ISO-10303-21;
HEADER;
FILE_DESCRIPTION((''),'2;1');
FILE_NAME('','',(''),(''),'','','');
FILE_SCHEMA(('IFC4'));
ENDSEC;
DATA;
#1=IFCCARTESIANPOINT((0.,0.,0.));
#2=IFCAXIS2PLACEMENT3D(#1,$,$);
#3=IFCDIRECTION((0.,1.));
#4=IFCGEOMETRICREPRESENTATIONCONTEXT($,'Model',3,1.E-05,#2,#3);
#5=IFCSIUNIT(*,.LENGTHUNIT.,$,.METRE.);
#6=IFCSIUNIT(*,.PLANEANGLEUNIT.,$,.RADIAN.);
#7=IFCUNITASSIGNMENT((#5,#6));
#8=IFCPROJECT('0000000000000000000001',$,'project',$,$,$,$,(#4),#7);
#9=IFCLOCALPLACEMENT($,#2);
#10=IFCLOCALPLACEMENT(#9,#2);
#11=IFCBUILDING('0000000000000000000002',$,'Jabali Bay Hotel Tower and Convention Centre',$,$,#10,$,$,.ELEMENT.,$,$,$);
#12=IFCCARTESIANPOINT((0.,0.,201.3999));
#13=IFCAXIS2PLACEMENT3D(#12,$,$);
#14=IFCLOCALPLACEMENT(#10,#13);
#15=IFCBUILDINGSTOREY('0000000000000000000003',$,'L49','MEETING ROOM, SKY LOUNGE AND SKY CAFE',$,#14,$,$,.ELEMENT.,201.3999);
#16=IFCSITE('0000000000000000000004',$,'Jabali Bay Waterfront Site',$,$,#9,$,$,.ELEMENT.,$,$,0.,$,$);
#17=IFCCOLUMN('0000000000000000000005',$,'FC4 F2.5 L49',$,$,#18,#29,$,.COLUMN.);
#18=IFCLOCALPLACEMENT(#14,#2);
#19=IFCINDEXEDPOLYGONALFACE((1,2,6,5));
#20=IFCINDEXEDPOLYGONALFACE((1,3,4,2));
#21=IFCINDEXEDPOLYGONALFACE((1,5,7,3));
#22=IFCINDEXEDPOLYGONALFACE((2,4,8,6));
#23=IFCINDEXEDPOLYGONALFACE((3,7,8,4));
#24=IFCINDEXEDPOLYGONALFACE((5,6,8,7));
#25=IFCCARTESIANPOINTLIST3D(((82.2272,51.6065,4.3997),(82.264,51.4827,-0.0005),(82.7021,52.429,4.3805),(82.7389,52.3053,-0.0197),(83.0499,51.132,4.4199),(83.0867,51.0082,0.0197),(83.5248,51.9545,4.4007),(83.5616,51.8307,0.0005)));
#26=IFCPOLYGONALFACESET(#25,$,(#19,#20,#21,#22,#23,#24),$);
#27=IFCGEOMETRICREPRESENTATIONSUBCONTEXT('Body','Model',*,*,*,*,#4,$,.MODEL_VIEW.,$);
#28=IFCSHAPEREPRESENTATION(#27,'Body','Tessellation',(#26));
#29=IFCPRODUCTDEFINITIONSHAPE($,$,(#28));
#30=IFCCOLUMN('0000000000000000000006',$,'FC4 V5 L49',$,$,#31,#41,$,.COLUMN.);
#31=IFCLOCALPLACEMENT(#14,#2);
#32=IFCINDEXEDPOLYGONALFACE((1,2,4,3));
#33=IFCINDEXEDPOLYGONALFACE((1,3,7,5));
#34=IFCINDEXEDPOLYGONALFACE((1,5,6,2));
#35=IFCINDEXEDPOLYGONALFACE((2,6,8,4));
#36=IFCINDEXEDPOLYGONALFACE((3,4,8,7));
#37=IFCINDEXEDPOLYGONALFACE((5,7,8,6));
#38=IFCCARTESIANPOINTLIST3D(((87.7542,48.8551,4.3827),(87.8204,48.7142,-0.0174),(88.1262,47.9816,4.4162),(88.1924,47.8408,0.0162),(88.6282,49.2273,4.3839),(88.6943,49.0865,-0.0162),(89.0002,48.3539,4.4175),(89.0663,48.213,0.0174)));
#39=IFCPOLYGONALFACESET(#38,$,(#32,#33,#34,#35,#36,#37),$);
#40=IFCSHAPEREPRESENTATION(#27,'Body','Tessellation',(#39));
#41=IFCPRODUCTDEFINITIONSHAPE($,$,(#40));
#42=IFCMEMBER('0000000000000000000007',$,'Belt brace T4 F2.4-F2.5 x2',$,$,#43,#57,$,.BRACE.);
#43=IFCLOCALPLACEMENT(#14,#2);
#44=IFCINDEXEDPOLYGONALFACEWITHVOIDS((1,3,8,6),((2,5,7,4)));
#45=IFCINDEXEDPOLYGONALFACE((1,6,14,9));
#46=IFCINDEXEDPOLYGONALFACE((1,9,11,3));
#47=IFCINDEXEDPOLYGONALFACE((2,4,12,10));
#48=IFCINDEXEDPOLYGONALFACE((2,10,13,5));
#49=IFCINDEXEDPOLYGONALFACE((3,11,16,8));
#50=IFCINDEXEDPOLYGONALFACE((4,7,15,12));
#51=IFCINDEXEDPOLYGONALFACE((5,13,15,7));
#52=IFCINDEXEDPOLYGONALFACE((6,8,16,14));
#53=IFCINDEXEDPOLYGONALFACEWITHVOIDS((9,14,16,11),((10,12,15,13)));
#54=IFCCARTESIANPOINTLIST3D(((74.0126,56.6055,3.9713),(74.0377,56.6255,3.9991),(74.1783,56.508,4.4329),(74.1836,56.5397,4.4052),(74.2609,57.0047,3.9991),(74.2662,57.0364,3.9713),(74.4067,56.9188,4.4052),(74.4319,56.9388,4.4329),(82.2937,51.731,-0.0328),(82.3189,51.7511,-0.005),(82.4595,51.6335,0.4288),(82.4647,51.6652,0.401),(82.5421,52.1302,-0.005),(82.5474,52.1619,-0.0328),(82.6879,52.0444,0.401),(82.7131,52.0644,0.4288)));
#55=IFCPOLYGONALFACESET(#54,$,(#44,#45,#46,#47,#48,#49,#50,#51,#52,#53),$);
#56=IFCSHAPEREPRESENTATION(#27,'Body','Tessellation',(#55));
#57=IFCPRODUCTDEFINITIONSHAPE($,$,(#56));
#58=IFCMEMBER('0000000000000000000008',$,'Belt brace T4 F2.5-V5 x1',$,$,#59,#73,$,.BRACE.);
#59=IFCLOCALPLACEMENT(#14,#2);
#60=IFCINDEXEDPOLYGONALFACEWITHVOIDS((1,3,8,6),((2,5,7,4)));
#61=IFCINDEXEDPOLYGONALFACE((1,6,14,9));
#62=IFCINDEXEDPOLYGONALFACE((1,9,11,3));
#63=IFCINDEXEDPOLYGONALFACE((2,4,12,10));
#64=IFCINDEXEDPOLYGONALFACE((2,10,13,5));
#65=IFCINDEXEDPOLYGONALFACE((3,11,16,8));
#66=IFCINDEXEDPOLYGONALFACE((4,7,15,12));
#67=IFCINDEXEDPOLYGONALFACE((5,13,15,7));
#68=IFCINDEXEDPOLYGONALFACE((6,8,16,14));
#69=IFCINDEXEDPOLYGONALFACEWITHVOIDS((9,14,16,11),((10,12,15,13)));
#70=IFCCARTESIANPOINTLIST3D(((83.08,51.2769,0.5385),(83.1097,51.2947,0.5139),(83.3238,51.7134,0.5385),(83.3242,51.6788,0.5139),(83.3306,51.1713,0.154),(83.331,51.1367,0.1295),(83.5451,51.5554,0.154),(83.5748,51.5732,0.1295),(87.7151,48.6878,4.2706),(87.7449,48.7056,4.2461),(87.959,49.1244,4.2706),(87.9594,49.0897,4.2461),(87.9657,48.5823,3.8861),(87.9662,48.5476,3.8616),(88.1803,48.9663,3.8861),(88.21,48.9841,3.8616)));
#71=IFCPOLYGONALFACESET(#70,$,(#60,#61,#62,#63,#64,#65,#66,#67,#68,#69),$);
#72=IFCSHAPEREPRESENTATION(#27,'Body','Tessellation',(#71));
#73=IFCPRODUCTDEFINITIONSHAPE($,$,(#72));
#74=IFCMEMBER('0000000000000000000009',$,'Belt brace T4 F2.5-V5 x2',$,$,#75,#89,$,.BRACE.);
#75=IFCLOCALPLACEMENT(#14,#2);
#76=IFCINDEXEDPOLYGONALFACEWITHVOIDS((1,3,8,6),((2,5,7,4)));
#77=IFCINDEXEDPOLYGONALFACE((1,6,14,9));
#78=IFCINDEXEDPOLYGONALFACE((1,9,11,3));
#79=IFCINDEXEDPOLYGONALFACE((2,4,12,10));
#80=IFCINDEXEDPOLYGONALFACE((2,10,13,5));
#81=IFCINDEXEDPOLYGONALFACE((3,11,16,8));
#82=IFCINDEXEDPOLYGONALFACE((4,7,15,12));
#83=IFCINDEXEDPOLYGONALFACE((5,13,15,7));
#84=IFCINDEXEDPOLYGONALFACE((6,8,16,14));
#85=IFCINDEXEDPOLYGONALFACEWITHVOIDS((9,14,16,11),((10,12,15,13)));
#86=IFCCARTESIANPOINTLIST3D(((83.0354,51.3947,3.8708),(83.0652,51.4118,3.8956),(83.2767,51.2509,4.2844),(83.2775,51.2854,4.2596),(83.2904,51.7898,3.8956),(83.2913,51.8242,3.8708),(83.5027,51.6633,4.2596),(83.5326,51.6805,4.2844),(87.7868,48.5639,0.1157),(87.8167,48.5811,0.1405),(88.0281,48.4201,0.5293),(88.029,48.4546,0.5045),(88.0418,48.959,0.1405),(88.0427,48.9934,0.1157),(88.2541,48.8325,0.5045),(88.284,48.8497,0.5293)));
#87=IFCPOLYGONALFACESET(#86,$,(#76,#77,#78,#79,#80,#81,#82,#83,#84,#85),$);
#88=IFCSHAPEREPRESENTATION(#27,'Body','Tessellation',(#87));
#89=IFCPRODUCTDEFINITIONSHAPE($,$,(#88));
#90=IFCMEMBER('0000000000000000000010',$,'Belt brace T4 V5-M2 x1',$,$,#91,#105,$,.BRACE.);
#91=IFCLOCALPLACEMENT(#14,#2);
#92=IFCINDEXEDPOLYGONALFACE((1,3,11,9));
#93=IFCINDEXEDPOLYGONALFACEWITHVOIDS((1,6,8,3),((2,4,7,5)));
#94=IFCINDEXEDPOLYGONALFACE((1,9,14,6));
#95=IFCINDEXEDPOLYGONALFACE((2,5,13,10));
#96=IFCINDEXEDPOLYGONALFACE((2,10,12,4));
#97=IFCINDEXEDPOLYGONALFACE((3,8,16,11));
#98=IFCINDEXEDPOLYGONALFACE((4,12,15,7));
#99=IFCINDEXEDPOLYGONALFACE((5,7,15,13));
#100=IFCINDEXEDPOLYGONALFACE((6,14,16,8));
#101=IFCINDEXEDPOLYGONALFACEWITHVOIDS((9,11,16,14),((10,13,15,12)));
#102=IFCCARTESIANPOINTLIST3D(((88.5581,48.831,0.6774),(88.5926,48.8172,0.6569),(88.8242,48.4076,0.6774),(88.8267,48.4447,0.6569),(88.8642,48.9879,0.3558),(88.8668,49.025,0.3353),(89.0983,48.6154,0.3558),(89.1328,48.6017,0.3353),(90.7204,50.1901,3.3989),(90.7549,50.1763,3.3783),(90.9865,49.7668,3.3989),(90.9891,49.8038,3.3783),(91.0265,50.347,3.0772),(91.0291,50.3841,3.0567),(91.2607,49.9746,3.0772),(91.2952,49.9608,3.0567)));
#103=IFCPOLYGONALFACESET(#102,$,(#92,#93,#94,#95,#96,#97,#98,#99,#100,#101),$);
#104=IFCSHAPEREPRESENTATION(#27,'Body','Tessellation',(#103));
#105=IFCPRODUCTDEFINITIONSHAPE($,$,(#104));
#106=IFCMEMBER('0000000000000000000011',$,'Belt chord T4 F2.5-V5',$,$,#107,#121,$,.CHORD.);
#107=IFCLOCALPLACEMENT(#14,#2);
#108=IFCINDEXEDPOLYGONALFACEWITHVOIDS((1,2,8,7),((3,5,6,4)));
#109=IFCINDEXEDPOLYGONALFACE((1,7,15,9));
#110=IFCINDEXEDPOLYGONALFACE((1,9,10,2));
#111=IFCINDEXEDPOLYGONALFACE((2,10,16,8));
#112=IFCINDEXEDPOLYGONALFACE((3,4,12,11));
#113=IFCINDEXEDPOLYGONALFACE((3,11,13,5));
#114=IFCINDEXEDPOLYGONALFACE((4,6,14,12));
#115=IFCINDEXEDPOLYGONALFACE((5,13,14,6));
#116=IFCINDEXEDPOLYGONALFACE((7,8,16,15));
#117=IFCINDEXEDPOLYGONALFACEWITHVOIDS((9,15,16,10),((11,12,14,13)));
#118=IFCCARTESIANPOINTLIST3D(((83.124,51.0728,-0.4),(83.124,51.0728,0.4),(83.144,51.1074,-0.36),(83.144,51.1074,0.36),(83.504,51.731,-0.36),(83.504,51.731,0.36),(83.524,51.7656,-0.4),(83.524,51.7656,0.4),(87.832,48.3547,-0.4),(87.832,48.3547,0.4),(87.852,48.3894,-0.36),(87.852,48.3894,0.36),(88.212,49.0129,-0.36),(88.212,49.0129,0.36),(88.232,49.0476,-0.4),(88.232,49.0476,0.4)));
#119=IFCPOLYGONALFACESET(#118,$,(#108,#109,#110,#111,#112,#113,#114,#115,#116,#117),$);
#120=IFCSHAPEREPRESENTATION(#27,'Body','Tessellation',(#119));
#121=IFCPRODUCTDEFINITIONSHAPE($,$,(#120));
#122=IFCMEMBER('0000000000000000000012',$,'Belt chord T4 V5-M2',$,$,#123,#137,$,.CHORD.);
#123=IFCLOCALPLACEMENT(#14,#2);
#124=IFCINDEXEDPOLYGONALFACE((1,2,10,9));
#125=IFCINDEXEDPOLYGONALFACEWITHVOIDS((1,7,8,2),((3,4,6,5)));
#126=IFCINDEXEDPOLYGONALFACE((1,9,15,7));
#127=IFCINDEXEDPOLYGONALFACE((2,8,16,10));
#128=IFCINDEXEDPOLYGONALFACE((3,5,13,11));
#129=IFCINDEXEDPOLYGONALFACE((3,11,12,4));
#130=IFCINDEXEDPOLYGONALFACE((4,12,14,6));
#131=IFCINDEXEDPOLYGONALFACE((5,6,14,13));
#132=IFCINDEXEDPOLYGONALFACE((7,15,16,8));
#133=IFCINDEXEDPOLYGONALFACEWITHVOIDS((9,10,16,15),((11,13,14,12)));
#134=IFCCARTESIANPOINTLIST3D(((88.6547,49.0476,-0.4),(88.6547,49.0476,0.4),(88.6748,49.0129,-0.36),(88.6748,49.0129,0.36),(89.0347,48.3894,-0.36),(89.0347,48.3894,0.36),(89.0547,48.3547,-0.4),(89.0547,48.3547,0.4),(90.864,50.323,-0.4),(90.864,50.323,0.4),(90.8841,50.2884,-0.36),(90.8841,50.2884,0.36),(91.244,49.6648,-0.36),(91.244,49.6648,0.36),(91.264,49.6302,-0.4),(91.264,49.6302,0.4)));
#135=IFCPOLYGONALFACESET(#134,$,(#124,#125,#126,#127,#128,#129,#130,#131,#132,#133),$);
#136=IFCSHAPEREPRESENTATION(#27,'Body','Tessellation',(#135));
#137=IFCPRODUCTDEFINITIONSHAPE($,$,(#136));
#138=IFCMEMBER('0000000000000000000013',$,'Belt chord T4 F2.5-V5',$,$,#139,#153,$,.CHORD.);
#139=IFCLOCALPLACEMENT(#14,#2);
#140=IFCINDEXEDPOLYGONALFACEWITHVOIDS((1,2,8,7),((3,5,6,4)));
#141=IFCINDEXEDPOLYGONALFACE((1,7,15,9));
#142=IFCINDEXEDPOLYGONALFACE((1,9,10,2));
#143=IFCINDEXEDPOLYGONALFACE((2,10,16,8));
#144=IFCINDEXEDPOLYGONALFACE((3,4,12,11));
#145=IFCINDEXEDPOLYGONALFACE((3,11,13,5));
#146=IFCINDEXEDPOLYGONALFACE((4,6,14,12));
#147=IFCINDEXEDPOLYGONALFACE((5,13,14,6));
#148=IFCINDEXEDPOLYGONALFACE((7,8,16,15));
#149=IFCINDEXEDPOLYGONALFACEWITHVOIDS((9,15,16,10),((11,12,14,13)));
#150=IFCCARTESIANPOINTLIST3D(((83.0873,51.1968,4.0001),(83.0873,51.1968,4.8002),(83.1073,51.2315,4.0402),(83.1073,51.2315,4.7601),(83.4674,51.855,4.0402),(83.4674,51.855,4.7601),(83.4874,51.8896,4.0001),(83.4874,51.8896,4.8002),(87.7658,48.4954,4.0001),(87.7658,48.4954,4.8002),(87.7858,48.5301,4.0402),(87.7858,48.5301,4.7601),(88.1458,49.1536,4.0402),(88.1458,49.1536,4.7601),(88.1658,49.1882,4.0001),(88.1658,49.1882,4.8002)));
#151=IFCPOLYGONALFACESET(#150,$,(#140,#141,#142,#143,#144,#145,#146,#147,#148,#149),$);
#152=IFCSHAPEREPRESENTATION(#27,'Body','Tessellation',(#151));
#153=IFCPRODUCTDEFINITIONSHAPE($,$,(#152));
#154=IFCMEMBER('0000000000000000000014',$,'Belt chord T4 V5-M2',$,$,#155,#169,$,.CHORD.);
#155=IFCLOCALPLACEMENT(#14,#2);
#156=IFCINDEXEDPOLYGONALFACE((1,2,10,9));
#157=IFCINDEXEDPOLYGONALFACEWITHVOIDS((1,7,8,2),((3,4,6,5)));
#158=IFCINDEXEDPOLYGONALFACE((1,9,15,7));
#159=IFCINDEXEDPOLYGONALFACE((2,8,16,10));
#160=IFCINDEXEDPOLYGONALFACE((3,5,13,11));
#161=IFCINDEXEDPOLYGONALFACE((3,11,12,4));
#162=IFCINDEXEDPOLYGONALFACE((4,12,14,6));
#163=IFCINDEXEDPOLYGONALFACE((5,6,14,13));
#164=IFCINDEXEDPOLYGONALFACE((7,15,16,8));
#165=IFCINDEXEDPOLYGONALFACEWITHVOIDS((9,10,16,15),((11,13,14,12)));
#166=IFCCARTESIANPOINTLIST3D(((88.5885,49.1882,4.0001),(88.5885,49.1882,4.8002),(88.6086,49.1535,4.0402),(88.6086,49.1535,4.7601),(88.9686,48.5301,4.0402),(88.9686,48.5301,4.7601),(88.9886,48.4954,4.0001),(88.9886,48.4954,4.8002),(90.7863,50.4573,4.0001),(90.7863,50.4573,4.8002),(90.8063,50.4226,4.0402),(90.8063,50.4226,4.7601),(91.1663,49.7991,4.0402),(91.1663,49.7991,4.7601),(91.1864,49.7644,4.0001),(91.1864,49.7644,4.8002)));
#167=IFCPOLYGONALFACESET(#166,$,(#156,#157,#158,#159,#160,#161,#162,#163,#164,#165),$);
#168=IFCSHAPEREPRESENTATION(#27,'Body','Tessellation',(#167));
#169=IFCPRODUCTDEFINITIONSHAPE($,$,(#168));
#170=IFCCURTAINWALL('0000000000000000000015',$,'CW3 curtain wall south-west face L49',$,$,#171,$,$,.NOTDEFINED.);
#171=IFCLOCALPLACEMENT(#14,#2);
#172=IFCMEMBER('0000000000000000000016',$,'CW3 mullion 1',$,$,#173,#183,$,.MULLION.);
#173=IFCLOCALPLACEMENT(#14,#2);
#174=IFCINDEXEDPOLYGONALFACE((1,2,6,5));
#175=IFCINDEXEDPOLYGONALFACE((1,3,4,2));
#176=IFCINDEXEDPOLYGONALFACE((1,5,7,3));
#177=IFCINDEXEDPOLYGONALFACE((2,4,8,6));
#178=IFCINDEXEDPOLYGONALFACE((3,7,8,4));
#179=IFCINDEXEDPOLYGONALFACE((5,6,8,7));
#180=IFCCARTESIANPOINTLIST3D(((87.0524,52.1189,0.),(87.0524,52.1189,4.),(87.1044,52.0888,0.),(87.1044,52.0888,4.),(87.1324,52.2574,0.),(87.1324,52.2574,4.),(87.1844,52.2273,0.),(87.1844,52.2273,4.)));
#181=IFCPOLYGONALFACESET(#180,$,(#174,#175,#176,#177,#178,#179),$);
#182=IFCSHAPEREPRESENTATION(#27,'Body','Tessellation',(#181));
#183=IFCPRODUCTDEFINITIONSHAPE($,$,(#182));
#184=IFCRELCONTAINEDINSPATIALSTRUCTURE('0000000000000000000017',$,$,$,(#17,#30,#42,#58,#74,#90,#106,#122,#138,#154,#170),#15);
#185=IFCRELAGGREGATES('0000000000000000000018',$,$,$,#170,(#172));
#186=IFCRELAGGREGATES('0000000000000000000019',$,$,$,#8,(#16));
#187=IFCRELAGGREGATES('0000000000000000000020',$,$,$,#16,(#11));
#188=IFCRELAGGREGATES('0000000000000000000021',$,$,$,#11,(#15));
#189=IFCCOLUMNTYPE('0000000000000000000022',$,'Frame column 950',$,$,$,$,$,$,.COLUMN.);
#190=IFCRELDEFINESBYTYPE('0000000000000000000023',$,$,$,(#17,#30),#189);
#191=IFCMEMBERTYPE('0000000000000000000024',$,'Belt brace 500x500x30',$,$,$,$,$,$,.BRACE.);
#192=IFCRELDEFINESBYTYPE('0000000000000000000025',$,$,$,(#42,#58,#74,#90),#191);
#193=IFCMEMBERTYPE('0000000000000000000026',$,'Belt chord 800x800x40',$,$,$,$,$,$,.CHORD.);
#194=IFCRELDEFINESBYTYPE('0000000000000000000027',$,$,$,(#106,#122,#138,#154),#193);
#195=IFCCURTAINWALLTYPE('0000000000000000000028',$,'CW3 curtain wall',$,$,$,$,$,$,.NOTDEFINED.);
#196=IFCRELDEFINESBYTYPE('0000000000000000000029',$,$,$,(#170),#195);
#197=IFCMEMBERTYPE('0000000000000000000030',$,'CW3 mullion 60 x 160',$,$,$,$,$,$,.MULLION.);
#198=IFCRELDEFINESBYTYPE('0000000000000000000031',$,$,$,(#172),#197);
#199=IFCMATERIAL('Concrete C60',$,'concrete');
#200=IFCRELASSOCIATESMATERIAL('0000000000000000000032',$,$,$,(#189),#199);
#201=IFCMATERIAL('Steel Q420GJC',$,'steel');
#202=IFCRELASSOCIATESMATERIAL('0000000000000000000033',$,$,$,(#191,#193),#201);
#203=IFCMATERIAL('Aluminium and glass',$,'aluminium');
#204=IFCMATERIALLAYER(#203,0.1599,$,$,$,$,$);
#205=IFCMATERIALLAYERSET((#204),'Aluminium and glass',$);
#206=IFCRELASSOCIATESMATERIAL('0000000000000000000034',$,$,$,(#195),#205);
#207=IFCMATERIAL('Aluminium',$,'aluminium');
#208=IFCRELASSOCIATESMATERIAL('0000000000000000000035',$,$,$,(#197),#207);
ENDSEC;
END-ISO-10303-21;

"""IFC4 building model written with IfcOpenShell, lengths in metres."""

from ifc_helpers import new_model, si_unit, direction, frame, origin, origin_2d, place, context, subcontext, project, spatial, rectangle, hollow_rectangle, extrude, material, layer, layer_set, material_profile, profile_set, type_object, element, aggregate, save


model = new_model("IFC4")

# Units and contexts
model_context = context("Model", 3, precision=1e-05, world=origin(), true_north=direction((0.0, 1.0)))
body_context = subcontext(model_context, "Body", "Model", "MODEL_VIEW")
ifc_project = project(units=[si_unit("LENGTHUNIT", "METRE"), si_unit("PLANEANGLEUNIT", "RADIAN")], contexts=[model_context])

# Site, building, storey
site_placement = place(None, origin())
site = spatial("IfcSite", under=ifc_project, at=site_placement, Name="Jabali Bay Waterfront Site", CompositionType="ELEMENT", RefElevation=0.0)
building_placement = place(site_placement, origin())
building = spatial("IfcBuilding", under=site, at=building_placement, Name="Jabali Bay Hotel Tower and Convention Centre", CompositionType="ELEMENT")
storey_placement = place(building_placement, frame((0.0, 0.0, 201.3999)))
storey = spatial("IfcBuildingStorey", under=building, at=storey_placement, Name="L49", Description="MEETING ROOM, SKY LOUNGE AND SKY CAFE", CompositionType="ELEMENT", Elevation=201.3999)

# Columns
ifc_material_1 = material(Name="Concrete C60", Category="concrete")
ifc_material_profile_1 = material_profile(ifc_material_1, rectangle(XDim=0.95, YDim=0.95, at=origin_2d()), Name="Frame column 950")
ifc_profile_set_1 = profile_set([ifc_material_profile_1], Name="Concrete C60")
column_type = type_object("IfcColumnType", Name="Frame column 950", PredefinedType="COLUMN", material=ifc_profile_set_1)
column_1_placement = place(storey_placement, frame((82.9128, 51.6567, 0.0), z_axis=(-0.008375, 0.028119, 0.99957), x_axis=(-0.499912, -0.865841, 0.020168)))
element("IfcColumn", 1, at=column_1_placement, inside=storey, type_object=column_type, Name="FC4 F2.5 L49", PredefinedType="COLUMN", context=body_context, shape_type="SweptSolid", body=[
    extrude(rectangle(XDim=0.95, YDim=0.95, at=origin_2d()), origin(), (0.0, 0.0, 1.0), 4.4021),
])
column_2_placement = place(storey_placement, frame((88.4434, 48.4636, 0.0), z_axis=(-0.015027, 0.031995, 0.999375), x_axis=(0.391614, -0.919451, 0.035324)))
element("IfcColumn", 2, at=column_2_placement, inside=storey, type_object=column_type, Name="FC4 V5 L49", PredefinedType="COLUMN", context=body_context, shape_type="SweptSolid", body=[
    extrude(rectangle(XDim=0.95, YDim=0.95, at=origin_2d()), origin(), (0.0, 0.0, 1.0), 4.4028),
])

# Members
ifc_material_2 = material(Name="Steel Q420GJC", Category="steel")
ifc_material_profile_2 = material_profile(ifc_material_2, hollow_rectangle(XDim=0.5, YDim=0.5, WallThickness=0.03, at=origin_2d()), Name="Belt brace 500x500x30")
ifc_profile_set_2 = profile_set([ifc_material_profile_2], Name="Steel Q420GJC")
member_type_1 = type_object("IfcMemberType", Name="Belt brace 500x500x30", PredefinedType="BRACE", material=ifc_profile_set_2)
member_1_placement = place(storey_placement, frame((82.5034, 51.8977, 0.198), z_axis=(-0.79549, 0.468242, 0.384636), x_axis=(-0.507267, -0.861789, 0.0)))
element("IfcMember", 3, at=member_1_placement, inside=storey, type_object=member_type_1, Name="Belt brace T4 F2.4-F2.5 x2", PredefinedType="BRACE", context=body_context, shape_type="SweptSolid", body=[
    extrude(hollow_rectangle(XDim=0.5, YDim=0.5, WallThickness=0.03, at=origin_2d()), origin(), (0.0, 0.0, 1.0), 10.4102),
])
member_2_placement = place(storey_placement, frame((83.3274, 51.425, 0.334), z_axis=(0.714231, -0.398947, 0.575079), x_axis=(0.487652, 0.873038, 0.0)))
element("IfcMember", 4, at=member_2_placement, inside=storey, type_object=member_type_1, Name="Belt brace T4 F2.5-V5 x1", PredefinedType="BRACE", context=body_context, shape_type="SweptSolid", body=[
    extrude(hollow_rectangle(XDim=0.5, YDim=0.5, WallThickness=0.03, at=origin_2d()), origin(), (0.0, 0.0, 1.0), 6.4897),
])
member_3_placement = place(storey_placement, frame((88.0354, 48.7068, 0.3225), z_axis=(-0.710752, 0.423449, 0.561714), x_axis=(-0.511825, -0.85909, 0.0)))
element("IfcMember", 5, at=member_3_placement, inside=storey, type_object=member_type_1, Name="Belt brace T4 F2.5-V5 x2", PredefinedType="BRACE", context=body_context, shape_type="SweptSolid", body=[
    extrude(hollow_rectangle(XDim=0.5, YDim=0.5, WallThickness=0.03, at=origin_2d()), origin(), (0.0, 0.0, 1.0), 6.6851),
])
member_4_placement = place(storey_placement, frame((88.8455, 48.7163, 0.5063), z_axis=(0.57938, 0.364165, 0.72918), x_axis=(-0.532154, 0.846648, 0.0)))
element("IfcMember", 6, at=member_4_placement, inside=storey, type_object=member_type_1, Name="Belt brace T4 V5-M2 x1", PredefinedType="BRACE", context=body_context, shape_type="SweptSolid", body=[
    extrude(hollow_rectangle(XDim=0.5, YDim=0.5, WallThickness=0.03, at=origin_2d()), origin(), (0.0, 0.0, 1.0), 3.7322),
])
ifc_material_profile_3 = material_profile(ifc_material_2, hollow_rectangle(XDim=0.8, YDim=0.8, WallThickness=0.04, at=origin_2d()), Name="Belt chord 800x800x40")
ifc_profile_set_3 = profile_set([ifc_material_profile_3], Name="Steel Q420GJC")
member_type_2 = type_object("IfcMemberType", Name="Belt chord 800x800x40", PredefinedType="CHORD", material=ifc_profile_set_3)
member_5_placement = place(storey_placement, frame((83.324, 51.4192, 0.0), z_axis=(0.866038, -0.499979, 0.0), x_axis=(0.499979, 0.866038, 0.0)))
element("IfcMember", 7, at=member_5_placement, inside=storey, type_object=member_type_2, Name="Belt chord T4 F2.5-V5", PredefinedType="CHORD", context=body_context, shape_type="SweptSolid", body=[
    extrude(hollow_rectangle(XDim=0.8, YDim=0.8, WallThickness=0.04, at=origin_2d()), origin(), (0.0, 0.0, 1.0), 5.4363),
])
member_6_placement = place(storey_placement, frame((88.8547, 48.7012, 0.0), z_axis=(0.866044, 0.499968, 0.0), x_axis=(-0.499968, 0.866044, 0.0)))
element("IfcMember", 8, at=member_6_placement, inside=storey, type_object=member_type_2, Name="Belt chord T4 V5-M2", PredefinedType="CHORD", context=body_context, shape_type="SweptSolid", body=[
    extrude(hollow_rectangle(XDim=0.8, YDim=0.8, WallThickness=0.04, at=origin_2d()), origin(), (0.0, 0.0, 1.0), 2.551),
])
member_7_placement = place(storey_placement, frame((83.2874, 51.5432, 4.4001), z_axis=(0.866001, -0.500042, 0.0), x_axis=(0.500042, 0.866001, 0.0)))
element("IfcMember", 9, at=member_7_placement, inside=storey, type_object=member_type_2, Name="Belt chord T4 F2.5-V5", PredefinedType="CHORD", context=body_context, shape_type="SweptSolid", body=[
    extrude(hollow_rectangle(XDim=0.8, YDim=0.8, WallThickness=0.04, at=origin_2d()), origin(), (0.0, 0.0, 1.0), 5.4023),
])
member_8_placement = place(storey_placement, frame((88.7886, 48.8418, 4.4001), z_axis=(0.865997, 0.50005, 0.0), x_axis=(-0.50005, 0.865997, 0.0)))
element("IfcMember", 10, at=member_8_placement, inside=storey, type_object=member_type_2, Name="Belt chord T4 V5-M2", PredefinedType="CHORD", context=body_context, shape_type="SweptSolid", body=[
    extrude(hollow_rectangle(XDim=0.8, YDim=0.8, WallThickness=0.04, at=origin_2d()), origin(), (0.0, 0.0, 1.0), 2.5378),
])

# Curtain wall, member
ifc_material_3 = material(Name="Aluminium and glass", Category="aluminium")
ifc_layer_1 = layer(ifc_material_3, 0.1599)
ifc_layer_set_1 = layer_set([ifc_layer_1], Name="Aluminium and glass")
curtain_wall_type = type_object("IfcCurtainWallType", Name="CW3 curtain wall", PredefinedType="NOTDEFINED", material=ifc_layer_set_1)
curtain_wall_placement = place(storey_placement, origin())
curtain_wall = element("IfcCurtainWall", 11, at=curtain_wall_placement, inside=storey, type_object=curtain_wall_type, Name="CW3 curtain wall south-west face L49", PredefinedType="NOTDEFINED")
ifc_material_4 = material(Name="Aluminium", Category="aluminium")
ifc_material_profile_4 = material_profile(ifc_material_4, rectangle(XDim=0.1599, YDim=0.0601, at=origin_2d()), Name="CW3 mullion 60 x 160")
ifc_profile_set_4 = profile_set([ifc_material_profile_4], Name="Aluminium")
member_type_3 = type_object("IfcMemberType", Name="CW3 mullion 60 x 160", PredefinedType="MULLION", material=ifc_profile_set_4)
member_9_placement = place(storey_placement, frame((87.1184, 52.1731, 0.0), z_axis=(0.0, 0.0, 1.0), x_axis=(-0.5, -0.866025, 0.0)))
member_9 = element("IfcMember", 12, at=member_9_placement, type_object=member_type_3, Name="CW3 mullion 1", PredefinedType="MULLION", context=body_context, shape_type="SweptSolid", body=[
    extrude(rectangle(XDim=0.1599, YDim=0.0601, at=origin_2d()), origin(), (0.0, 0.0, 1.0), 4.0),
])

aggregate(curtain_wall, [member_9])

save(model, "model.ifc")
